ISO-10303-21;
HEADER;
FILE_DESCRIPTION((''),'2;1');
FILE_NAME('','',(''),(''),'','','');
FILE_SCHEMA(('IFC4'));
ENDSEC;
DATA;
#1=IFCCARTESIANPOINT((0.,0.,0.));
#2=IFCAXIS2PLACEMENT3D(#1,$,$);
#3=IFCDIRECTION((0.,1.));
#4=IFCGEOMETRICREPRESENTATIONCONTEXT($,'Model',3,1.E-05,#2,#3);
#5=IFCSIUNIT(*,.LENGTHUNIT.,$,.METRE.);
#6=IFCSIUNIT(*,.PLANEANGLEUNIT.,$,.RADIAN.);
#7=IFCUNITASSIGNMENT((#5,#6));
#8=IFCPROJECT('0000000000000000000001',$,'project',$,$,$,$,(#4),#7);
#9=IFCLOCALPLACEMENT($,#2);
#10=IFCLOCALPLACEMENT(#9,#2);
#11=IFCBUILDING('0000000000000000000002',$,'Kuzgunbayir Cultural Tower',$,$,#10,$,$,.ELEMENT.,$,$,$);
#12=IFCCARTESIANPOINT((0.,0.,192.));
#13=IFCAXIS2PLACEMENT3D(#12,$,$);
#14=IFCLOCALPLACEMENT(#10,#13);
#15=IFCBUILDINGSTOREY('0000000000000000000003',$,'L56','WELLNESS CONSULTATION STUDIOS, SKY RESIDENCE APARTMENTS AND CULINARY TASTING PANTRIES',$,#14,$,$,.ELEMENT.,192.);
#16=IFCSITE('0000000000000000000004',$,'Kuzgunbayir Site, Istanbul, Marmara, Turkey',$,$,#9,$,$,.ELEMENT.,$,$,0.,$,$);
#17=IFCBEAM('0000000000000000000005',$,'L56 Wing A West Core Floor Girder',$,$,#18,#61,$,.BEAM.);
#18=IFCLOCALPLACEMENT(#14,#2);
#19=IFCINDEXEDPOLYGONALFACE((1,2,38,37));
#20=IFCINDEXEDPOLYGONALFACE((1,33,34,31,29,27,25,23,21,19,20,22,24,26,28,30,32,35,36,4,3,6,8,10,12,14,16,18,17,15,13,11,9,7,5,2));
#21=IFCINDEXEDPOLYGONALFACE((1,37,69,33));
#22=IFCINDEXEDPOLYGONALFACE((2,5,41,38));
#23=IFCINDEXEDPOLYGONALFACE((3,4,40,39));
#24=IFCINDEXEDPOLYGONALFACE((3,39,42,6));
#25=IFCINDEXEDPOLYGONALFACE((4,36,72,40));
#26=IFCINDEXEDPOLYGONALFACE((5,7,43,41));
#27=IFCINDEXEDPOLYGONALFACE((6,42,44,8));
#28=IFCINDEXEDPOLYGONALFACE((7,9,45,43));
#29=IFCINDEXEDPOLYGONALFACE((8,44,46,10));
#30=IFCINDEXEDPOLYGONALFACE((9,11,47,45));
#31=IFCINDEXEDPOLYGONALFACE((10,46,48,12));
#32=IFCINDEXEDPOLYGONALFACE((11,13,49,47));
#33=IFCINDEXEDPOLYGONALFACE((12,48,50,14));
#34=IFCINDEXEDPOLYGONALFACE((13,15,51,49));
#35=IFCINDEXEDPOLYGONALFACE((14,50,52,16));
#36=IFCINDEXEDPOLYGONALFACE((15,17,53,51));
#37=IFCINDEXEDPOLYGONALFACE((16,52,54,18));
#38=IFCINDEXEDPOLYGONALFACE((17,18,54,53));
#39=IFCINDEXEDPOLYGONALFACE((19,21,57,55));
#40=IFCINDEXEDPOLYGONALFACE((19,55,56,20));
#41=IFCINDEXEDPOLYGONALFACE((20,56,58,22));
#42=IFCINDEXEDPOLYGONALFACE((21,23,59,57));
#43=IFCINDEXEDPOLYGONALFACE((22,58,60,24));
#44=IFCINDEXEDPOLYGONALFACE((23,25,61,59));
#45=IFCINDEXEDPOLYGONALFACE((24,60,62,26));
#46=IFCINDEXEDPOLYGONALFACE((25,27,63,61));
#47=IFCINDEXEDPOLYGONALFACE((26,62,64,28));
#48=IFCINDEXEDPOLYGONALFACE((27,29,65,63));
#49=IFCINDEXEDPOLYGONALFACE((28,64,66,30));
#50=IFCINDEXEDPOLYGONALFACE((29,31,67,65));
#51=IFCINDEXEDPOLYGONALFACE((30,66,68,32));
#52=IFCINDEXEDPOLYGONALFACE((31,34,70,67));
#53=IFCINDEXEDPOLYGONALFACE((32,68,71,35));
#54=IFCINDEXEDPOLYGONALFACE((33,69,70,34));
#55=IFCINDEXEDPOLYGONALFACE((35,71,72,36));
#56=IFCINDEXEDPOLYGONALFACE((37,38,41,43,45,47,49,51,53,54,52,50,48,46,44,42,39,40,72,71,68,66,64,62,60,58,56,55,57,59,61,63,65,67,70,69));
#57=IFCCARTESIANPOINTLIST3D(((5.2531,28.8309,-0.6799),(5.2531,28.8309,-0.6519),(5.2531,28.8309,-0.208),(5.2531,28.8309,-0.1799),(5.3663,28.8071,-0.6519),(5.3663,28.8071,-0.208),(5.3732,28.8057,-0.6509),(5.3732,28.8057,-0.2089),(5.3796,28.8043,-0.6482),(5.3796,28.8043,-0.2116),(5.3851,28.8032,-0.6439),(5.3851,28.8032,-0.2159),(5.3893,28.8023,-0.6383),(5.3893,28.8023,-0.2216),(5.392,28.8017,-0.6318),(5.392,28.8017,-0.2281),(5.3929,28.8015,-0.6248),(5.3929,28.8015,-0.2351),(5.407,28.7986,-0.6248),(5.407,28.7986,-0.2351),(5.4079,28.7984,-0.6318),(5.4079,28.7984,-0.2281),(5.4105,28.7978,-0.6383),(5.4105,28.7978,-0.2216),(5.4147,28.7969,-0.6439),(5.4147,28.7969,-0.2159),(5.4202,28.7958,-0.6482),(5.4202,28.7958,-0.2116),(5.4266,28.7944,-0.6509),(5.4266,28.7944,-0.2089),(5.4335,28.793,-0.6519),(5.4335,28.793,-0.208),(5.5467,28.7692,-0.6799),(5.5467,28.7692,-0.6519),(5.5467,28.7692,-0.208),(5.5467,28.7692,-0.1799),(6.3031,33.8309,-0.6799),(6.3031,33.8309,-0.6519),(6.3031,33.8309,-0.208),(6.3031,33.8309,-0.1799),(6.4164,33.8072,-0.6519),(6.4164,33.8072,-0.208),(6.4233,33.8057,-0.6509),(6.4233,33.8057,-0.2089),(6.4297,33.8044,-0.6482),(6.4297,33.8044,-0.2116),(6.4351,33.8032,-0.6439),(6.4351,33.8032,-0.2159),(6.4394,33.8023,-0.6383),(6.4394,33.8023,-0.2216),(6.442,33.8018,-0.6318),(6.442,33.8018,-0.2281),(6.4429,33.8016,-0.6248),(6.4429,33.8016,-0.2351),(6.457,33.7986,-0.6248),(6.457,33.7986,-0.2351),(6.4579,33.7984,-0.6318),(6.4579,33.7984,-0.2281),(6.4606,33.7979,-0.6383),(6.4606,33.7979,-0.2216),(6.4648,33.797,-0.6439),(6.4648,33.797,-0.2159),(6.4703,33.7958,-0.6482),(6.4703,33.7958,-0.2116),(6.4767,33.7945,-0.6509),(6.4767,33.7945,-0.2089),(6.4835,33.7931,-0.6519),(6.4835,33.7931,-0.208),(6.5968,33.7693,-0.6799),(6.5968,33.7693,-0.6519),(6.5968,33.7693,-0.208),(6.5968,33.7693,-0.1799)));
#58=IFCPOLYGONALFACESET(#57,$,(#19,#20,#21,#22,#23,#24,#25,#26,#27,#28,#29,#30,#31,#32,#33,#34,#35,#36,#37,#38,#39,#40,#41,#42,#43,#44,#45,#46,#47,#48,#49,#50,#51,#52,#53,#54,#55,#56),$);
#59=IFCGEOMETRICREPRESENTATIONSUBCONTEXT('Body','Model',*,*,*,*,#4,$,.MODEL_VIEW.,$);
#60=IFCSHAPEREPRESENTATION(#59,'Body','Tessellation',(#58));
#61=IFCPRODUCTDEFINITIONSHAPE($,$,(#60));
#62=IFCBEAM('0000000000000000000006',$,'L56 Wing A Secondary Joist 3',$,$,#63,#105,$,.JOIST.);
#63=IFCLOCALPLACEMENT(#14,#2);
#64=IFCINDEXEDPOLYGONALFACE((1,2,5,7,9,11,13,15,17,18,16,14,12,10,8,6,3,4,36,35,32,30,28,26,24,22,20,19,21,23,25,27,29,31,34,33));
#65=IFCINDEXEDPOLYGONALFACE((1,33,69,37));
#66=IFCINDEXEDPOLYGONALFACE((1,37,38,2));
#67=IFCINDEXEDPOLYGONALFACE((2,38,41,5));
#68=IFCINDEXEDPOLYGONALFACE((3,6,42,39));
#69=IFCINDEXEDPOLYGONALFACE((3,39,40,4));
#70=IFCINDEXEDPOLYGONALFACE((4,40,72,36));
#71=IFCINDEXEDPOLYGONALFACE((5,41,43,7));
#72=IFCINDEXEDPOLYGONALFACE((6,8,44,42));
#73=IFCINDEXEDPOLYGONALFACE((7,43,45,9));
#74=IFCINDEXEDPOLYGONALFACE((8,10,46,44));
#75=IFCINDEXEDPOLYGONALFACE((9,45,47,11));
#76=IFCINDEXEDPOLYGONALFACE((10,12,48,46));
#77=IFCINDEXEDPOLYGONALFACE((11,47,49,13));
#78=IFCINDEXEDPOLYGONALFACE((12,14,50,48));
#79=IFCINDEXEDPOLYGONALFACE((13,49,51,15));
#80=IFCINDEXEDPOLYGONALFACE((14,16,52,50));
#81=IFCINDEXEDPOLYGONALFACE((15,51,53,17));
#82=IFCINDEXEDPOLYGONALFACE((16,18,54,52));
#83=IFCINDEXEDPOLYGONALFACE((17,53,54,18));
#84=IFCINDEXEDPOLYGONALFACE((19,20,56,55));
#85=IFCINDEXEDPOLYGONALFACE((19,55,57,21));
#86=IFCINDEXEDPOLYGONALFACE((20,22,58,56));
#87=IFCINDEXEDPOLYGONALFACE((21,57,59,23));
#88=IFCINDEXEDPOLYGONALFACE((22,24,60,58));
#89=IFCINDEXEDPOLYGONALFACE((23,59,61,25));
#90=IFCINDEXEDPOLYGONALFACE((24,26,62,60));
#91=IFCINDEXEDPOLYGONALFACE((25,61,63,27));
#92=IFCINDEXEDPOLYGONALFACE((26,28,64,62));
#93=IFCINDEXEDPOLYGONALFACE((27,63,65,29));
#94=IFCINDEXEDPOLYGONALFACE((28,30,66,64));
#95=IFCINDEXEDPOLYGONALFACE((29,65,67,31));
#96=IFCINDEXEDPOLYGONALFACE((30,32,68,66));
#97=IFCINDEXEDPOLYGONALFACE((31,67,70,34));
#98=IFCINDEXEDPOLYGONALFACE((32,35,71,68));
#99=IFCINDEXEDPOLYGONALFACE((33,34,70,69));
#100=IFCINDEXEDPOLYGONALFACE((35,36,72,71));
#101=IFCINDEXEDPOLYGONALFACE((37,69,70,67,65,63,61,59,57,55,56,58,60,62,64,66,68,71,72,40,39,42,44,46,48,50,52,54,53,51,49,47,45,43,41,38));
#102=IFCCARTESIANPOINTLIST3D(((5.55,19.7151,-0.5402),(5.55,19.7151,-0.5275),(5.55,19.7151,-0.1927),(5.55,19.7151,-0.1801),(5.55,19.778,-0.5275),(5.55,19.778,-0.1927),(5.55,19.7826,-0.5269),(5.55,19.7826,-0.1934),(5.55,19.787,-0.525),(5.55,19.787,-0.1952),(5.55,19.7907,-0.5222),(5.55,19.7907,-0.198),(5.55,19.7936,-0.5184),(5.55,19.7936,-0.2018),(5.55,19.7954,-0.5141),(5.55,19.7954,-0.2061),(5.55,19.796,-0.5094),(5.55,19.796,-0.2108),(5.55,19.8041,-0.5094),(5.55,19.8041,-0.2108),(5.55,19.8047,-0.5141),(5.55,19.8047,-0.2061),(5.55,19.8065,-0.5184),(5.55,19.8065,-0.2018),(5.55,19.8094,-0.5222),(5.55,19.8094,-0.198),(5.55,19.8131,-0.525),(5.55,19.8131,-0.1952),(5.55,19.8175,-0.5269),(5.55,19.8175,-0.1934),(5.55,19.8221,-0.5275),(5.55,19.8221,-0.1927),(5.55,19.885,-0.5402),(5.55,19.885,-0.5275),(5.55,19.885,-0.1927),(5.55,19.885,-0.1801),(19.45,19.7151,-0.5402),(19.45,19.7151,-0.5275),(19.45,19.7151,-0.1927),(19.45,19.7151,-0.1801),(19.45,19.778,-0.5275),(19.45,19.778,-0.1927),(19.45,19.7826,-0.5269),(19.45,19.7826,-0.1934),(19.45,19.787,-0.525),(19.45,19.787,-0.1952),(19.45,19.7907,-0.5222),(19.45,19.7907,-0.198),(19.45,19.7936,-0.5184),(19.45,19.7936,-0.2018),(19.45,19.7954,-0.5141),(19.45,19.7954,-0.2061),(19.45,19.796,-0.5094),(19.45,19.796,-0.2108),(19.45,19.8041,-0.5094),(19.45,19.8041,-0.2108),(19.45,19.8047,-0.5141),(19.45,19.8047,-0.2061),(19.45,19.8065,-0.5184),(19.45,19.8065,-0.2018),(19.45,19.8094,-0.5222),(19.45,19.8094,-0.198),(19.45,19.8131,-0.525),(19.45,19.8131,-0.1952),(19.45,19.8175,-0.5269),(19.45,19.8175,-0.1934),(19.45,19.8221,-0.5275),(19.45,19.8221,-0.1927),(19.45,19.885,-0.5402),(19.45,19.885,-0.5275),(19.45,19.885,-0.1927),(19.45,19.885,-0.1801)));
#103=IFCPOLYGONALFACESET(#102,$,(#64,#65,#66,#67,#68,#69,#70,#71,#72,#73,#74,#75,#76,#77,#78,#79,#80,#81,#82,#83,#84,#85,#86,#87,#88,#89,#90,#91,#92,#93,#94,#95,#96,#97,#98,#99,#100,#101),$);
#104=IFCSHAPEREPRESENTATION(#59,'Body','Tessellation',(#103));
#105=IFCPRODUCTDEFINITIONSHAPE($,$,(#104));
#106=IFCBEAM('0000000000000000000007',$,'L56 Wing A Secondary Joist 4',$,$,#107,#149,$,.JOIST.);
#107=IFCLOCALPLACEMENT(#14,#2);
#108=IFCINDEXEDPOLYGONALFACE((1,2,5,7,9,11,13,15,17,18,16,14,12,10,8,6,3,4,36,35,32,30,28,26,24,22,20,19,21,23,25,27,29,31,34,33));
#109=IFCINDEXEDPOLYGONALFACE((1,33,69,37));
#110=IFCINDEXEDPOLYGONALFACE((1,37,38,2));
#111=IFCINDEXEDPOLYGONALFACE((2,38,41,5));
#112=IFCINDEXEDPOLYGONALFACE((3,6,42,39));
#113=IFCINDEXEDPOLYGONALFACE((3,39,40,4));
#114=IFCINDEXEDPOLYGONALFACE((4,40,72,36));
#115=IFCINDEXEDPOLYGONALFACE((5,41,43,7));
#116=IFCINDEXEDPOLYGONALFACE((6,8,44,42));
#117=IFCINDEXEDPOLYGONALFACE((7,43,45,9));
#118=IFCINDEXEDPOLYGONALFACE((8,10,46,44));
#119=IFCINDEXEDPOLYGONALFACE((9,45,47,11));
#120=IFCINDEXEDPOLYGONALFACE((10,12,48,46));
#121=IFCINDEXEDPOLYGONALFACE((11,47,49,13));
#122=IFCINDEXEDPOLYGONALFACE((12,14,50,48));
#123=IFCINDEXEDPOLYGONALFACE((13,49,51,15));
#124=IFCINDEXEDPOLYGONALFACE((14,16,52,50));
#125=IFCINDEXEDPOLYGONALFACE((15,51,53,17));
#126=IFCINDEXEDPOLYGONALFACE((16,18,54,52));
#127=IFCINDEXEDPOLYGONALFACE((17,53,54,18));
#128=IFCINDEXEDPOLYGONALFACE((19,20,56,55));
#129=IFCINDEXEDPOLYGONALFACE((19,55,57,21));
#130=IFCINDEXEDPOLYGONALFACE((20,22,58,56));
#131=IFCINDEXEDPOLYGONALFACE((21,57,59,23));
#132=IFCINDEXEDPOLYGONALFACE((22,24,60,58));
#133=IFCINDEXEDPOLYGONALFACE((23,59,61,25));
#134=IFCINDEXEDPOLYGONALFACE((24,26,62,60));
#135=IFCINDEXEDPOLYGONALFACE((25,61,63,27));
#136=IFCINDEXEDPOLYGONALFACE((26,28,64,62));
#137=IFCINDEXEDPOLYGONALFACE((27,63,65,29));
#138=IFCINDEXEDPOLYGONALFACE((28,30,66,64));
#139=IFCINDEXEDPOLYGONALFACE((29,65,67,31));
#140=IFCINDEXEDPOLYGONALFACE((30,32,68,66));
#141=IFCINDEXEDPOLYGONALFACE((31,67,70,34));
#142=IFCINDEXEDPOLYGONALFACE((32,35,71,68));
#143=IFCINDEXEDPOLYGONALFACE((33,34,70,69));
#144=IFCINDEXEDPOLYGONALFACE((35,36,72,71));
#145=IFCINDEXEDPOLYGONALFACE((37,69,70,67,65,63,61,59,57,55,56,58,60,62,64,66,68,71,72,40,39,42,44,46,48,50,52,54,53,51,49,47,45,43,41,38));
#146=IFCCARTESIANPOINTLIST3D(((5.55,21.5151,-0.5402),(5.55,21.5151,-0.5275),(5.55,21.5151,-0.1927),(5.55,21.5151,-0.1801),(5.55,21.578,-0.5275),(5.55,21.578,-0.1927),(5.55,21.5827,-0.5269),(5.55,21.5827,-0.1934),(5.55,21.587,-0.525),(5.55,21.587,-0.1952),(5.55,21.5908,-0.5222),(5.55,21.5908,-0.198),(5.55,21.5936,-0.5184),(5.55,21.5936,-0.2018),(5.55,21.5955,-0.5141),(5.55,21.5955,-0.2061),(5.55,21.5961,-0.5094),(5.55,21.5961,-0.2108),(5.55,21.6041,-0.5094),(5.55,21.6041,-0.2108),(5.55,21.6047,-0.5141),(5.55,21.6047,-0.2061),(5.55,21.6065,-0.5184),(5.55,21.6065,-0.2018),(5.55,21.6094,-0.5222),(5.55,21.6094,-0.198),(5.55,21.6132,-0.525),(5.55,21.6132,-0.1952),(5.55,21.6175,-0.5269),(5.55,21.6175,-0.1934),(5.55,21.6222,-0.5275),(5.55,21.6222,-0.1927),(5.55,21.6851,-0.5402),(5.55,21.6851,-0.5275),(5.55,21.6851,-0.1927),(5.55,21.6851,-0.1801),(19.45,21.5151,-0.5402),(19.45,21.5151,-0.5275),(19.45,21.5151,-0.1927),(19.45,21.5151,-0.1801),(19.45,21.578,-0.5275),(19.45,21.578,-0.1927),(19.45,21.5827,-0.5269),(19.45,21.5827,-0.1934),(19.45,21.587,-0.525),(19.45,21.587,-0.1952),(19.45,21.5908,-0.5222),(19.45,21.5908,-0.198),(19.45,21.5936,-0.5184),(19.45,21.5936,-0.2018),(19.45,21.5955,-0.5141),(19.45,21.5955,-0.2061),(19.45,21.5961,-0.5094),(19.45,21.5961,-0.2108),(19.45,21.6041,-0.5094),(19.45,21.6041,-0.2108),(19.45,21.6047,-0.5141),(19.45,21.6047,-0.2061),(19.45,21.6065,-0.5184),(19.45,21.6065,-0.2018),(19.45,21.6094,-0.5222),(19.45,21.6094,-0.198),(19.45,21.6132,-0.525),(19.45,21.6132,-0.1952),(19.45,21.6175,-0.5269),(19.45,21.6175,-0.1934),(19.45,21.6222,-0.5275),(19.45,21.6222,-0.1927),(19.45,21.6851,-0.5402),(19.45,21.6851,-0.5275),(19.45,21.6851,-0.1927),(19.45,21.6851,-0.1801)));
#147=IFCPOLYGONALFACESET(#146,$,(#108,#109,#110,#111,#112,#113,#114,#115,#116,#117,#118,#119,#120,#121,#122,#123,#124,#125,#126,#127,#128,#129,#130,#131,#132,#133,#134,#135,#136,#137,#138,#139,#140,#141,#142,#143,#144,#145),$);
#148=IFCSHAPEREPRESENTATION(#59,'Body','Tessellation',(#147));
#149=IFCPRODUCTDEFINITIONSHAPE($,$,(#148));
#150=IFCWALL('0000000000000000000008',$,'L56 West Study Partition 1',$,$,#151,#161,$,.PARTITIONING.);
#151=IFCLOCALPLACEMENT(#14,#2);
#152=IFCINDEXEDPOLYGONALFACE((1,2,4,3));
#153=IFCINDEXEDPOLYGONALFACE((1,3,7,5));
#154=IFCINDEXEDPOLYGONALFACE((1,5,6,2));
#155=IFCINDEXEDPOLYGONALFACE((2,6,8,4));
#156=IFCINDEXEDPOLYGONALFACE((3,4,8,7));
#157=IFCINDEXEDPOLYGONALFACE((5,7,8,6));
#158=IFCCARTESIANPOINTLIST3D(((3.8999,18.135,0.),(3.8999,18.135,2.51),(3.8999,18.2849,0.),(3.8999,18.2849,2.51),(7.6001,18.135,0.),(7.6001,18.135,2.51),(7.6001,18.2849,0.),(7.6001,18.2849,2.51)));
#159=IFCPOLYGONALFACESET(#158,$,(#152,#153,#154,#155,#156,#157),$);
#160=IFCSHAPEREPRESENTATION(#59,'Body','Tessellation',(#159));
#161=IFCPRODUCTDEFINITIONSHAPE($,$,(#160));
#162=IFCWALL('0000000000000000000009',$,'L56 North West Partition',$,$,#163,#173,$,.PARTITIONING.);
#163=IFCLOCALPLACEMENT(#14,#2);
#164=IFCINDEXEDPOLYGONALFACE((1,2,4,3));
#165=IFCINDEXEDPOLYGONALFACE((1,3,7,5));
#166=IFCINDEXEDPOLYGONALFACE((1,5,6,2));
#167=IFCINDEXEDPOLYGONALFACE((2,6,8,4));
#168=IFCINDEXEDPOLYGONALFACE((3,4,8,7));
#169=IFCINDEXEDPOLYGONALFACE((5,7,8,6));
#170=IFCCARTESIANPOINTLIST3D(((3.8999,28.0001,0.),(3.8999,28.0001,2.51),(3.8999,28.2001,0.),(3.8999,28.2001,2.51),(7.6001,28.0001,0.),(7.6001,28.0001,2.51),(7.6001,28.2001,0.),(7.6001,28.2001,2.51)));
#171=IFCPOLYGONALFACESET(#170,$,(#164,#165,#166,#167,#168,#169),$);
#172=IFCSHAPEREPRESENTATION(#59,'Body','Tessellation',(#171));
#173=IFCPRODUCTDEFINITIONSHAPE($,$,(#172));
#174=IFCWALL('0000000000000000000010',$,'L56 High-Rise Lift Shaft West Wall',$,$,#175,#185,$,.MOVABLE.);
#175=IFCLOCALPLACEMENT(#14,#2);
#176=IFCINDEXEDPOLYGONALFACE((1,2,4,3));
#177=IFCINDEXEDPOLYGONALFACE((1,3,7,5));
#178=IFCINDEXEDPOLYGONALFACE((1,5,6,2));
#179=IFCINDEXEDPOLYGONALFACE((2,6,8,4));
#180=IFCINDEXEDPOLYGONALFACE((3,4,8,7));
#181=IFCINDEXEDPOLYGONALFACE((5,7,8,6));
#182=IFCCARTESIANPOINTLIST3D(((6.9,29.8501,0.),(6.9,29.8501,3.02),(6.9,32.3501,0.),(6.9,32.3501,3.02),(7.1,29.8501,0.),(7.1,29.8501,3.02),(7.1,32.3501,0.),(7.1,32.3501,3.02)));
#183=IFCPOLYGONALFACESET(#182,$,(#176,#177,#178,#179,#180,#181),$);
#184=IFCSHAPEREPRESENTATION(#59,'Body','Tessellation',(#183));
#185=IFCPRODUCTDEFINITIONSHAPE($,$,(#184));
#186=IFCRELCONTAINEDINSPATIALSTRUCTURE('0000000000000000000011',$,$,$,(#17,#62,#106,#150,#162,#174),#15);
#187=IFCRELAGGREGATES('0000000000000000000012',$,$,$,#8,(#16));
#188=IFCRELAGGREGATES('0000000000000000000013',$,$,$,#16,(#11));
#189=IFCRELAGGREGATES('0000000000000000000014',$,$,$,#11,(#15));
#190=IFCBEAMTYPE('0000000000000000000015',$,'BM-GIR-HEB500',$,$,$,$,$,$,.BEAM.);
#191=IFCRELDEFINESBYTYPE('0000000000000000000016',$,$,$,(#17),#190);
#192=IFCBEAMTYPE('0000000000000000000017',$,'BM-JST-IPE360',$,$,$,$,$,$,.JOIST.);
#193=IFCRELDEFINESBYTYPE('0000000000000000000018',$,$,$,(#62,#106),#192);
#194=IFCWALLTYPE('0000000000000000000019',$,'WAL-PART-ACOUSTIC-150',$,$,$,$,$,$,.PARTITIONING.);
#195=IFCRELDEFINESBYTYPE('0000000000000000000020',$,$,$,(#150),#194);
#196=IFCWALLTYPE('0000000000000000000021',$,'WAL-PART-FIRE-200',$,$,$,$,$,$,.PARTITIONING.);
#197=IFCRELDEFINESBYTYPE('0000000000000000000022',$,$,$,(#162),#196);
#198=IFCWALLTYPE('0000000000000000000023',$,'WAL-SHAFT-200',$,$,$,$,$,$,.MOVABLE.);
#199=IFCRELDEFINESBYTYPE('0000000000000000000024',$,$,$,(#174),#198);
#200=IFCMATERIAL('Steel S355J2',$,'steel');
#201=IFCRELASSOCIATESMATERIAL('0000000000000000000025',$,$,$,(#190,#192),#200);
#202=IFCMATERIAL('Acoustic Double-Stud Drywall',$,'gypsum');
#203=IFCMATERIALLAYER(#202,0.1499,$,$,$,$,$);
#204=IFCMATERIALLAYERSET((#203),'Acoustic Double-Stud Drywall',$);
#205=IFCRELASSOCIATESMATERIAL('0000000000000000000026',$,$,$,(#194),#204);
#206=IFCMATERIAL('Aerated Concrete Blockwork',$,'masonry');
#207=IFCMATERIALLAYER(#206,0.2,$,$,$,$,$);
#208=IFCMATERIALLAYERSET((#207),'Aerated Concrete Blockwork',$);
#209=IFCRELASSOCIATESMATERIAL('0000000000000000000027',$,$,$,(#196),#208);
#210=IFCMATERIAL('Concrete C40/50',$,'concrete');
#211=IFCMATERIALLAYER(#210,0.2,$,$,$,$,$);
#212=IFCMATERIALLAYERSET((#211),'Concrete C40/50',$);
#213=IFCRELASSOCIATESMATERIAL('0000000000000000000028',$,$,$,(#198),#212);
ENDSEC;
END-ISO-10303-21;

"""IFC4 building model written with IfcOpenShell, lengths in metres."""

from ifc_helpers import new_model, si_unit, direction, frame, frame_2d, origin, origin_2d, place, context, subcontext, project, spatial, rectangle, i_section, extrude, material, layer, layer_set, material_profile, profile_set, type_object, element, save


model = new_model("IFC4")

# Units and contexts
model_context = context("Model", 3, precision=1e-05, world=origin(), true_north=direction((0.0, 1.0)))
body_context = subcontext(model_context, "Body", "Model", "MODEL_VIEW")
ifc_project = project(units=[si_unit("LENGTHUNIT", "METRE"), si_unit("PLANEANGLEUNIT", "RADIAN")], contexts=[model_context])

# Site, building, storey
site_placement = place(None, origin())
site = spatial("IfcSite", under=ifc_project, at=site_placement, Name="Kuzgunbayir Site, Istanbul, Marmara, Turkey", CompositionType="ELEMENT", RefElevation=0.0)
building_placement = place(site_placement, origin())
building = spatial("IfcBuilding", under=site, at=building_placement, Name="Kuzgunbayir Cultural Tower", CompositionType="ELEMENT")
storey_placement = place(building_placement, frame((0.0, 0.0, 192.0)))
storey = spatial("IfcBuildingStorey", under=building, at=storey_placement, Name="L56", Description="WELLNESS CONSULTATION STUDIOS, SKY RESIDENCE APARTMENTS AND CULINARY TASTING PANTRIES", CompositionType="ELEMENT", Elevation=192.0)

# Beams
ifc_material_1 = material(Name="Steel S355J2", Category="steel")
ifc_material_profile_1 = material_profile(ifc_material_1, i_section(OverallWidth=0.3, OverallDepth=0.5, WebThickness=0.0144, FlangeThickness=0.0281, FilletRadius=0.0271, at=origin_2d()), Name="HEB 500")
ifc_profile_set_1 = profile_set([ifc_material_profile_1], Name="Steel S355J2")
beam_type_1 = type_object("IfcBeamType", Name="BM-GIR-HEB500", PredefinedType="BEAM", material=ifc_profile_set_1)
beam_1_placement = place(storey_placement, frame((5.3999, 28.8, -0.4299), z_axis=(0.205526, 0.978652, 0.0), x_axis=(-0.978652, 0.205526, 0.0)))
element("IfcBeam", 1, at=beam_1_placement, inside=storey, type_object=beam_type_1, Name="L56 Wing A West Core Floor Girder", PredefinedType="BEAM", context=body_context, shape_type="SweptSolid", body=[
    extrude(i_section(OverallWidth=0.3, OverallDepth=0.5, WebThickness=0.0144, FlangeThickness=0.0281, FilletRadius=0.0271, at=origin_2d()), origin(), (0.0, 0.0, 1.0), 5.1091),
])
ifc_material_profile_2 = material_profile(ifc_material_1, i_section(OverallWidth=0.1699, OverallDepth=0.3601, WebThickness=0.0081, FlangeThickness=0.0127, FilletRadius=0.0181, at=origin_2d()), Name="IPE 360")
ifc_profile_set_2 = profile_set([ifc_material_profile_2], Name="Steel S355J2")
beam_type_2 = type_object("IfcBeamType", Name="BM-JST-IPE360", PredefinedType="JOIST", material=ifc_profile_set_2)
for number, where, z_axis, x_axis, name in (
    (2, (5.55, 19.8, -0.3601), (1.0, 0.0, 0.0), (0.0, 1.0, 0.0), "L56 Wing A Secondary Joist 3"),
    (3, (5.55, 21.6001, -0.3601), (1.0, 0.0, 0.0), (0.0, 1.0, 0.0), "L56 Wing A Secondary Joist 4"),
):
    element("IfcBeam", number, at=place(storey_placement, frame(where, z_axis=z_axis, x_axis=x_axis)), inside=storey, type_object=beam_type_2, Name=name, PredefinedType="JOIST", context=body_context, shape_type="SweptSolid", body=[
        extrude(i_section(OverallWidth=0.1699, OverallDepth=0.3601, WebThickness=0.0081, FlangeThickness=0.0127, FilletRadius=0.0181, at=origin_2d()), origin(), (0.0, 0.0, 1.0), 13.8999),
    ])

# Walls
ifc_material_2 = material(Name="Acoustic Double-Stud Drywall", Category="gypsum")
ifc_layer_1 = layer(ifc_material_2, 0.1499)
ifc_layer_set_1 = layer_set([ifc_layer_1], Name="Acoustic Double-Stud Drywall")
wall_type_1 = type_object("IfcWallType", Name="WAL-PART-ACOUSTIC-150", PredefinedType="PARTITIONING", material=ifc_layer_set_1)
wall_1_placement = place(storey_placement, frame((3.8999, 18.21, 0.0), z_axis=(0.0, 0.0, 1.0), x_axis=(1.0, 0.0, 0.0)))
element("IfcWall", 4, at=wall_1_placement, inside=storey, type_object=wall_type_1, Name="L56 West Study Partition 1", PredefinedType="PARTITIONING", context=body_context, shape_type="SweptSolid", body=[
    extrude(rectangle(XDim=3.7002, YDim=0.1499, at=frame_2d((1.8501, 0.0))), origin(), (0.0, 0.0, 1.0), 2.51),
])
ifc_material_3 = material(Name="Aerated Concrete Blockwork", Category="masonry")
ifc_layer_2 = layer(ifc_material_3, 0.2)
ifc_layer_set_2 = layer_set([ifc_layer_2], Name="Aerated Concrete Blockwork")
wall_type_2 = type_object("IfcWallType", Name="WAL-PART-FIRE-200", PredefinedType="PARTITIONING", material=ifc_layer_set_2)
wall_2_placement = place(storey_placement, frame((3.8999, 28.1001, 0.0), z_axis=(0.0, 0.0, 1.0), x_axis=(1.0, 0.0, 0.0)))
element("IfcWall", 5, at=wall_2_placement, inside=storey, type_object=wall_type_2, Name="L56 North West Partition", PredefinedType="PARTITIONING", context=body_context, shape_type="SweptSolid", body=[
    extrude(rectangle(XDim=3.7002, YDim=0.2, at=frame_2d((1.8501, 0.0))), origin(), (0.0, 0.0, 1.0), 2.51),
])

# Shared definitions
ifc_material_4 = material(Name="Concrete C40/50", Category="concrete")
ifc_layer_3 = layer(ifc_material_4, 0.2)
ifc_layer_set_3 = layer_set([ifc_layer_3], Name="Concrete C40/50")
wall_type_3 = type_object("IfcWallType", Name="WAL-SHAFT-200", PredefinedType="MOVABLE", material=ifc_layer_set_3)

# Wall
wall_3_placement = place(storey_placement, frame((7.0, 29.8501, 0.0), z_axis=(0.0, 0.0, 1.0), x_axis=(0.0, 1.0, 0.0)))
element("IfcWall", 6, at=wall_3_placement, inside=storey, type_object=wall_type_3, Name="L56 High-Rise Lift Shaft West Wall", PredefinedType="MOVABLE", context=body_context, shape_type="SweptSolid", body=[
    extrude(rectangle(XDim=2.5, YDim=0.2, at=frame_2d((1.25, 0.0))), origin(), (0.0, 0.0, 1.0), 3.02),
])

save(model, "model.ifc")
